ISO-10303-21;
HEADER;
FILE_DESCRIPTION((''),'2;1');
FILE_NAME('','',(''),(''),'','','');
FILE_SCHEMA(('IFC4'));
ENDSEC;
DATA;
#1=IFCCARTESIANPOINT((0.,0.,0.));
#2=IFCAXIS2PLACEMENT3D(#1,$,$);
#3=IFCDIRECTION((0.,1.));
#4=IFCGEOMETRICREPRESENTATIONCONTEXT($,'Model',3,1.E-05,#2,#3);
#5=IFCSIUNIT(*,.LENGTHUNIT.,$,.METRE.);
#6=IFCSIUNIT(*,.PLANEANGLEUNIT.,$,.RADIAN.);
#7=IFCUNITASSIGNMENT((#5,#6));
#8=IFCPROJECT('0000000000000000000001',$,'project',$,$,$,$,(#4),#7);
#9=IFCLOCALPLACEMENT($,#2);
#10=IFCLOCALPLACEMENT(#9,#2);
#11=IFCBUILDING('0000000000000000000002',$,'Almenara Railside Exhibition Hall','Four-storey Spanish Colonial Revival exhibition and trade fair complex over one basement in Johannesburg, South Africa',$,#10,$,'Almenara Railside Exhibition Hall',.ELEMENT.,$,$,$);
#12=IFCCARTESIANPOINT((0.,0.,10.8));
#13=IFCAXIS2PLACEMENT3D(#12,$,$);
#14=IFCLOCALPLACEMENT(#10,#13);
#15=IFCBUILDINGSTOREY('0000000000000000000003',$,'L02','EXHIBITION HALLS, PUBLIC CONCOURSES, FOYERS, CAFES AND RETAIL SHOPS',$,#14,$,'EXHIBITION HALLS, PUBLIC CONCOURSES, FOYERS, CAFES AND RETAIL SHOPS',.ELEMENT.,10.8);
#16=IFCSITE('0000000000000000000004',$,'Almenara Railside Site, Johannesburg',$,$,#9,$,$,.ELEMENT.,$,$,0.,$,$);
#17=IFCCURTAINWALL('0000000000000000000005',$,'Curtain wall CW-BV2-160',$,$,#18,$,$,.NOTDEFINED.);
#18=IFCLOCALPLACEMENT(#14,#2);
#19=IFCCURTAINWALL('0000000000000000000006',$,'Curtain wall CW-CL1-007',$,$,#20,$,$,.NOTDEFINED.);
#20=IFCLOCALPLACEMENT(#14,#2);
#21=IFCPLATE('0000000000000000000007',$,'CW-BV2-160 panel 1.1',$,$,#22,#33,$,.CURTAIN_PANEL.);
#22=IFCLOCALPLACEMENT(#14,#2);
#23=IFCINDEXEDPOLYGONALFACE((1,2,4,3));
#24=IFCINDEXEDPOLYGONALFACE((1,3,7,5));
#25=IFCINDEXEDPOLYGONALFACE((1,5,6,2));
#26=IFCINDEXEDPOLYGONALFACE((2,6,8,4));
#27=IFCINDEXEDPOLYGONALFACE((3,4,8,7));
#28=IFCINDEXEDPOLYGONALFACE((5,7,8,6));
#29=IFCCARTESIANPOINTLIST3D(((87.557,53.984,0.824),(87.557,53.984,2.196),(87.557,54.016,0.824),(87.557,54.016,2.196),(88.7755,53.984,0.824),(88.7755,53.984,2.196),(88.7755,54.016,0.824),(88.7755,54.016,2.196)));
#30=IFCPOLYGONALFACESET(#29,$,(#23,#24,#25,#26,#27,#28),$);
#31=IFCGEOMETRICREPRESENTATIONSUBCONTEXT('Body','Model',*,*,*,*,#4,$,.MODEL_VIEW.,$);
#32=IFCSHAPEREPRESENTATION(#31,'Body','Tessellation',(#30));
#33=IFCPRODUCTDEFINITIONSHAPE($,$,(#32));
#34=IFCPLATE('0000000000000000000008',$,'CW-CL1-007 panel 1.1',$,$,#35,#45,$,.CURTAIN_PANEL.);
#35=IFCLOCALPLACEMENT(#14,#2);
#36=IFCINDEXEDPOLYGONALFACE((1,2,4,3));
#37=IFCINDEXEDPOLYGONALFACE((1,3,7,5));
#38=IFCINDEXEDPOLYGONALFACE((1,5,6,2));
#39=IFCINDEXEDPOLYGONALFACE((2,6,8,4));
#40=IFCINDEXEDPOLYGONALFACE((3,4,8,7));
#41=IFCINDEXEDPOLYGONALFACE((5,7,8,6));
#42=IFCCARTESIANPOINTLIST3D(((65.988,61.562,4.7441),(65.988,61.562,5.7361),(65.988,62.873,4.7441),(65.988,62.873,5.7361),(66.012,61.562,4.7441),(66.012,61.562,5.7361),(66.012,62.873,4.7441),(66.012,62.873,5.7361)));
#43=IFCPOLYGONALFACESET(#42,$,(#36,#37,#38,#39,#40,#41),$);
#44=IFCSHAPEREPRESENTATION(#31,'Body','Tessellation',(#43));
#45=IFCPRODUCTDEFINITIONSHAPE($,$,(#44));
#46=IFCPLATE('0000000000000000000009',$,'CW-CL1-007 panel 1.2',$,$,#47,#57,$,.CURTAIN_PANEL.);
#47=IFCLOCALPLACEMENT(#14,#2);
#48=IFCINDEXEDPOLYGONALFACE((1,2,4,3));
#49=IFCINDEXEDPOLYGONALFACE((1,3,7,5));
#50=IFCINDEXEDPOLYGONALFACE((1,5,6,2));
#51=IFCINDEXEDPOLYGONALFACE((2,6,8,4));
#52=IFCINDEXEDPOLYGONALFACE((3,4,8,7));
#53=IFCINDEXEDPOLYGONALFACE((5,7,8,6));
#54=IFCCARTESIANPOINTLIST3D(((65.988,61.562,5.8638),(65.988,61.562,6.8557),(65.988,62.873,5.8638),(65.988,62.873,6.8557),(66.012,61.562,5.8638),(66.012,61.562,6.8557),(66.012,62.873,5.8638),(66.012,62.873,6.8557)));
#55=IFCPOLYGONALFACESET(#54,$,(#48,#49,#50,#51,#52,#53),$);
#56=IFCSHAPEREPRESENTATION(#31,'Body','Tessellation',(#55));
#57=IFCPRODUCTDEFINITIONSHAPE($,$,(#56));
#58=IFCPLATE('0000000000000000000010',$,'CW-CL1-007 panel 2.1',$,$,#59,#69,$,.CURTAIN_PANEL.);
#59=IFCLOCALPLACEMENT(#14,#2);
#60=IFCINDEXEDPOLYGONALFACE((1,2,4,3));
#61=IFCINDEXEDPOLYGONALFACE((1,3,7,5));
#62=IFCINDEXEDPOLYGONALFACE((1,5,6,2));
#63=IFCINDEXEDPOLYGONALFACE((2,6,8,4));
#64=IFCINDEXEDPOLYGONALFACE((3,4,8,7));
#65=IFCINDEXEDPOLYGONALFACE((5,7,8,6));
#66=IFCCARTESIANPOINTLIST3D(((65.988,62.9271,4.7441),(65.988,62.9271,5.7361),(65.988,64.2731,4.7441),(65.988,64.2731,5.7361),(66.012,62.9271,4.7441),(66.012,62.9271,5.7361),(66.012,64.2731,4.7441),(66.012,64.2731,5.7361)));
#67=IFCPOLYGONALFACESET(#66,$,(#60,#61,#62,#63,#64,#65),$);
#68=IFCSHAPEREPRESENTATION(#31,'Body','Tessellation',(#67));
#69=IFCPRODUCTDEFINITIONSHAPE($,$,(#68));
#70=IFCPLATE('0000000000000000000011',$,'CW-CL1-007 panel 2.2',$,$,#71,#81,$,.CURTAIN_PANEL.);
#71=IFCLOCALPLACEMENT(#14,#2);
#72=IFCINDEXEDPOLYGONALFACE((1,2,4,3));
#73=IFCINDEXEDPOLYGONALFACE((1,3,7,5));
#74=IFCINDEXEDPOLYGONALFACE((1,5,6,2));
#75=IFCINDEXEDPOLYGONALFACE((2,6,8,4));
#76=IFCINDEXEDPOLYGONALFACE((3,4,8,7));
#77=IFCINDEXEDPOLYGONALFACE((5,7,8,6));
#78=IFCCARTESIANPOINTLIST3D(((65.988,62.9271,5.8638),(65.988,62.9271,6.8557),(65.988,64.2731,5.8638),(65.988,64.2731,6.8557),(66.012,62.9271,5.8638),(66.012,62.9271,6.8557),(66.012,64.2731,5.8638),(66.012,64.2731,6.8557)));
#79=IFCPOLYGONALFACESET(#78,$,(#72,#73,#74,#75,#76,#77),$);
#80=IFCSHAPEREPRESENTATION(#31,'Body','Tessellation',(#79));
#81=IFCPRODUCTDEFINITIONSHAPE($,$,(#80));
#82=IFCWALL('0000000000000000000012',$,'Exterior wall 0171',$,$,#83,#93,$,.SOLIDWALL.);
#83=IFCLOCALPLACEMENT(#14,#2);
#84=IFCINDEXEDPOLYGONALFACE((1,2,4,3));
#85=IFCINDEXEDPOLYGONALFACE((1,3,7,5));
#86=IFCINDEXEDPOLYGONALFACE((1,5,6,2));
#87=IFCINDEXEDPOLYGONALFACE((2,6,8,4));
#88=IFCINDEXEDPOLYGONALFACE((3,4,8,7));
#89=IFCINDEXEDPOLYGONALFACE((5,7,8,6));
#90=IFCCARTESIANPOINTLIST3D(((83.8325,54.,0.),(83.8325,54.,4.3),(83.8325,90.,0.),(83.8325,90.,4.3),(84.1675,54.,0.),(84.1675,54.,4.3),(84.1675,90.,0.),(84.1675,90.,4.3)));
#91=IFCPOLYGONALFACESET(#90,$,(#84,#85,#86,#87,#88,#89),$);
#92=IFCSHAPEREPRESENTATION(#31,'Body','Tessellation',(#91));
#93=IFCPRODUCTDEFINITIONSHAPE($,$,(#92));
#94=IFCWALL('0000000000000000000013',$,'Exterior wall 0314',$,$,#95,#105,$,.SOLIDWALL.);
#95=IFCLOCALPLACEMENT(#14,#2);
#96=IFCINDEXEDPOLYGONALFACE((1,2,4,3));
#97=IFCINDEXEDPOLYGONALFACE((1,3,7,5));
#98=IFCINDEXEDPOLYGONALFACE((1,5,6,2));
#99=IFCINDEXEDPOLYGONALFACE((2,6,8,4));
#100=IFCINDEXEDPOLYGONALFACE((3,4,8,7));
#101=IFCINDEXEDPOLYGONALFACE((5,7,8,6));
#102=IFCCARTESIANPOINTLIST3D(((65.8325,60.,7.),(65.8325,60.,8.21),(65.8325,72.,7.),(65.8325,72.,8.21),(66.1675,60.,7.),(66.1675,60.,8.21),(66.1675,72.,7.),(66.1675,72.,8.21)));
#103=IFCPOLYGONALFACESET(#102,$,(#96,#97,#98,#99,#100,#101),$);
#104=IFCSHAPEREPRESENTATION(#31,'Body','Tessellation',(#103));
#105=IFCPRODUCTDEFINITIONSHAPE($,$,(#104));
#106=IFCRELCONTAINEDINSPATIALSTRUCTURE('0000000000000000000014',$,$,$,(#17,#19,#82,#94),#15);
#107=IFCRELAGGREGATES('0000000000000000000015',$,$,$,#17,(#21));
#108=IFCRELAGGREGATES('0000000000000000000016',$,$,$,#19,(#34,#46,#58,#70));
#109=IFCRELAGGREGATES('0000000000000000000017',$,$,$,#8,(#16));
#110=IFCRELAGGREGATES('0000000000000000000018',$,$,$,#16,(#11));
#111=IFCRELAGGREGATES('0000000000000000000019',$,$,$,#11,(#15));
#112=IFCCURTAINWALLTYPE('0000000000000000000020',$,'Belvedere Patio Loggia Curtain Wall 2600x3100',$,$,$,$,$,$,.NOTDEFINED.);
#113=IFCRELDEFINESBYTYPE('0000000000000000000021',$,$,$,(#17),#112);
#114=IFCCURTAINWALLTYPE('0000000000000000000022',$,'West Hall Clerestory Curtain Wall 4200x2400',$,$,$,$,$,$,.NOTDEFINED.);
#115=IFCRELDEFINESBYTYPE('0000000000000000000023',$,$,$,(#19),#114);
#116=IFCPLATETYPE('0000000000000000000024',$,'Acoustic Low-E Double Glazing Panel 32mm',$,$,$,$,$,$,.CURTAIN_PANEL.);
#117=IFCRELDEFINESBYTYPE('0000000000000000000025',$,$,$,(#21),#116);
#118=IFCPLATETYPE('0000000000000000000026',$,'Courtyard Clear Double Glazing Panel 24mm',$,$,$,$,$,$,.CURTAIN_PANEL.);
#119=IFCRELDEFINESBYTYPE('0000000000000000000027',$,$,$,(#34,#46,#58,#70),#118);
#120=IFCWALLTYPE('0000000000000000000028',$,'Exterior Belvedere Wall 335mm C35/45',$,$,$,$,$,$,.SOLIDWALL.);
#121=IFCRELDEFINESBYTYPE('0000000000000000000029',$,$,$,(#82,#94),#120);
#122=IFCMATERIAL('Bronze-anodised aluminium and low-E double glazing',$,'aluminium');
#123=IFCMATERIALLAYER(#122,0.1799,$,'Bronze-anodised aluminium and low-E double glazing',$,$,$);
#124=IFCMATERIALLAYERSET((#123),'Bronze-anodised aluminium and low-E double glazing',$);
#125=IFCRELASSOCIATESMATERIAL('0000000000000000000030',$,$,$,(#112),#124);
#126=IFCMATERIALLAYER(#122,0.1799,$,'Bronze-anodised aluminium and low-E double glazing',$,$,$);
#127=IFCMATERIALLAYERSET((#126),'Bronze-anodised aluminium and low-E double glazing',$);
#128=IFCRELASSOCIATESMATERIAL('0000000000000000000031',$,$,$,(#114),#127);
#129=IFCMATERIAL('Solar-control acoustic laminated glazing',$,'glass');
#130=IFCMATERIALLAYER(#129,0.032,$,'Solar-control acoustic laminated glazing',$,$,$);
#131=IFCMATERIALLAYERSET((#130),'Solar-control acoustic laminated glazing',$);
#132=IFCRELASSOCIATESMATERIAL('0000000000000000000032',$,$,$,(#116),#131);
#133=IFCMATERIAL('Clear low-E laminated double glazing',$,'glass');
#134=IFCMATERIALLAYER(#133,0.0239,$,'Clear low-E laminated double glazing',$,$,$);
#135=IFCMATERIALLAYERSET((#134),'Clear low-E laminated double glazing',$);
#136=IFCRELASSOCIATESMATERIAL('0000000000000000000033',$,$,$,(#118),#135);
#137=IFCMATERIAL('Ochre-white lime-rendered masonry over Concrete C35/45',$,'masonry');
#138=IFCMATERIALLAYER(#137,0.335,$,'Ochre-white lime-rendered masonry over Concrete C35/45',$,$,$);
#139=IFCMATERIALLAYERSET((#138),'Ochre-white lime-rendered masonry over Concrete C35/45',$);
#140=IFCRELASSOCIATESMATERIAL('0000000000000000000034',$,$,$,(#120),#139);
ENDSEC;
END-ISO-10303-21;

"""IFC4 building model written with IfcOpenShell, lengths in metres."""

from ifc_helpers import new_model, si_unit, direction, frame, frame_2d, origin, origin_2d, place, context, subcontext, project, spatial, rectangle, extrude, material, layer, layer_set, type_object, element, aggregate, save


model = new_model("IFC4")

# Units and contexts
model_context = context("Model", 3, precision=1e-05, world=origin(), true_north=direction((0.0, 1.0)))
body_context = subcontext(model_context, "Body", "Model", "MODEL_VIEW")
ifc_project = project(units=[si_unit("LENGTHUNIT", "METRE"), si_unit("PLANEANGLEUNIT", "RADIAN")], contexts=[model_context])

# Site, building, storey
site_placement = place(None, origin())
site = spatial("IfcSite", under=ifc_project, at=site_placement, Name="Almenara Railside Site, Johannesburg", CompositionType="ELEMENT", RefElevation=0.0)
building_placement = place(site_placement, origin())
building = spatial("IfcBuilding", under=site, at=building_placement, Name="Almenara Railside Exhibition Hall", Description="Four-storey Spanish Colonial Revival exhibition and trade fair complex over one basement in Johannesburg, South Africa", LongName="Almenara Railside Exhibition Hall", CompositionType="ELEMENT")
storey_placement = place(building_placement, frame((0.0, 0.0, 10.8)))
storey = spatial("IfcBuildingStorey", under=building, at=storey_placement, Name="L02", Description="EXHIBITION HALLS, PUBLIC CONCOURSES, FOYERS, CAFES AND RETAIL SHOPS", LongName="EXHIBITION HALLS, PUBLIC CONCOURSES, FOYERS, CAFES AND RETAIL SHOPS", CompositionType="ELEMENT", Elevation=10.8)

# Curtain wall
ifc_material_1 = material(Name="Bronze-anodised aluminium and low-E double glazing", Category="aluminium")
ifc_layer_1 = layer(ifc_material_1, 0.1799, Name="Bronze-anodised aluminium and low-E double glazing")
ifc_layer_set_1 = layer_set([ifc_layer_1], Name="Bronze-anodised aluminium and low-E double glazing")
curtain_wall_type_1 = type_object("IfcCurtainWallType", Name="Belvedere Patio Loggia Curtain Wall 2600x3100", PredefinedType="NOTDEFINED", material=ifc_layer_set_1)
curtain_wall_1_placement = place(storey_placement, origin())
curtain_wall_1 = element("IfcCurtainWall", 1, at=curtain_wall_1_placement, inside=storey, type_object=curtain_wall_type_1, Name="Curtain wall CW-BV2-160", PredefinedType="NOTDEFINED")

# Curtain wall
ifc_layer_2 = layer(ifc_material_1, 0.1799, Name="Bronze-anodised aluminium and low-E double glazing")
ifc_layer_set_2 = layer_set([ifc_layer_2], Name="Bronze-anodised aluminium and low-E double glazing")
curtain_wall_type_2 = type_object("IfcCurtainWallType", Name="West Hall Clerestory Curtain Wall 4200x2400", PredefinedType="NOTDEFINED", material=ifc_layer_set_2)
curtain_wall_2_placement = place(storey_placement, origin())
curtain_wall_2 = element("IfcCurtainWall", 2, at=curtain_wall_2_placement, inside=storey, type_object=curtain_wall_type_2, Name="Curtain wall CW-CL1-007", PredefinedType="NOTDEFINED")

# Plates
ifc_material_2 = material(Name="Solar-control acoustic laminated glazing", Category="glass")
ifc_layer_3 = layer(ifc_material_2, 0.032, Name="Solar-control acoustic laminated glazing")
ifc_layer_set_3 = layer_set([ifc_layer_3], Name="Solar-control acoustic laminated glazing")
plate_type_1 = type_object("IfcPlateType", Name="Acoustic Low-E Double Glazing Panel 32mm", PredefinedType="CURTAIN_PANEL", material=ifc_layer_set_3)
plate_1_placement = place(storey_placement, frame((88.1663, 54.0, 0.824), z_axis=(0.0, 0.0, 1.0), x_axis=(1.0, 0.0, 0.0)))
plate_1 = element("IfcPlate", 3, at=plate_1_placement, type_object=plate_type_1, Name="CW-BV2-160 panel 1.1", PredefinedType="CURTAIN_PANEL", context=body_context, shape_type="SweptSolid", body=[
    extrude(rectangle(XDim=1.2185, YDim=0.032, at=origin_2d()), origin(), (0.0, 0.0, 1.0), 1.3721),
])
aggregate(curtain_wall_1, [plate_1])
ifc_material_3 = material(Name="Clear low-E laminated double glazing", Category="glass")
ifc_layer_4 = layer(ifc_material_3, 0.0239, Name="Clear low-E laminated double glazing")
ifc_layer_set_4 = layer_set([ifc_layer_4], Name="Clear low-E laminated double glazing")
plate_type_2 = type_object("IfcPlateType", Name="Courtyard Clear Double Glazing Panel 24mm", PredefinedType="CURTAIN_PANEL", material=ifc_layer_set_4)
plate_2_placement = place(storey_placement, frame((66.0, 62.2175, 4.7441), z_axis=(0.0, 0.0, 1.0), x_axis=(0.0, 1.0, 0.0)))
plate_2 = element("IfcPlate", 4, at=plate_2_placement, type_object=plate_type_2, Name="CW-CL1-007 panel 1.1", PredefinedType="CURTAIN_PANEL", context=body_context, shape_type="SweptSolid", body=[
    extrude(rectangle(XDim=1.311, YDim=0.0239, at=origin_2d()), origin(), (0.0, 0.0, 1.0), 0.9919),
])
plate_3_placement = place(storey_placement, frame((66.0, 62.2175, 5.8638), z_axis=(0.0, 0.0, 1.0), x_axis=(0.0, 1.0, 0.0)))
plate_3 = element("IfcPlate", 5, at=plate_3_placement, type_object=plate_type_2, Name="CW-CL1-007 panel 1.2", PredefinedType="CURTAIN_PANEL", context=body_context, shape_type="SweptSolid", body=[
    extrude(rectangle(XDim=1.311, YDim=0.0239, at=origin_2d()), origin(), (0.0, 0.0, 1.0), 0.9919),
])
plate_4_placement = place(storey_placement, frame((66.0, 63.6001, 4.7441), z_axis=(0.0, 0.0, 1.0), x_axis=(0.0, 1.0, 0.0)))
plate_4 = element("IfcPlate", 6, at=plate_4_placement, type_object=plate_type_2, Name="CW-CL1-007 panel 2.1", PredefinedType="CURTAIN_PANEL", context=body_context, shape_type="SweptSolid", body=[
    extrude(rectangle(XDim=1.3459, YDim=0.0239, at=origin_2d()), origin(), (0.0, 0.0, 1.0), 0.9919),
])
plate_5_placement = place(storey_placement, frame((66.0, 63.6001, 5.8638), z_axis=(0.0, 0.0, 1.0), x_axis=(0.0, 1.0, 0.0)))
plate_5 = element("IfcPlate", 7, at=plate_5_placement, type_object=plate_type_2, Name="CW-CL1-007 panel 2.2", PredefinedType="CURTAIN_PANEL", context=body_context, shape_type="SweptSolid", body=[
    extrude(rectangle(XDim=1.3459, YDim=0.0239, at=origin_2d()), origin(), (0.0, 0.0, 1.0), 0.9919),
])
aggregate(curtain_wall_2, [plate_2, plate_3, plate_4, plate_5])

# Walls
ifc_material_4 = material(Name="Ochre-white lime-rendered masonry over Concrete C35/45", Category="masonry")
ifc_layer_5 = layer(ifc_material_4, 0.335, Name="Ochre-white lime-rendered masonry over Concrete C35/45")
ifc_layer_set_5 = layer_set([ifc_layer_5], Name="Ochre-white lime-rendered masonry over Concrete C35/45")
wall_type = type_object("IfcWallType", Name="Exterior Belvedere Wall 335mm C35/45", PredefinedType="SOLIDWALL", material=ifc_layer_set_5)
wall_1_placement = place(storey_placement, frame((84.0, 54.0, 0.0), z_axis=(0.0, 0.0, 1.0), x_axis=(0.0, 1.0, 0.0)))
element("IfcWall", 8, at=wall_1_placement, inside=storey, type_object=wall_type, Name="Exterior wall 0171", PredefinedType="SOLIDWALL", context=body_context, shape_type="SweptSolid", body=[
    extrude(rectangle(XDim=36.0, YDim=0.335, at=frame_2d((18.0, 0.0))), origin(), (0.0, 0.0, 1.0), 4.3),
])
wall_2_placement = place(storey_placement, frame((66.0, 60.0, 7.0), z_axis=(0.0, 0.0, 1.0), x_axis=(0.0, 1.0, 0.0)))
element("IfcWall", 9, at=wall_2_placement, inside=storey, type_object=wall_type, Name="Exterior wall 0314", PredefinedType="SOLIDWALL", context=body_context, shape_type="SweptSolid", body=[
    extrude(rectangle(XDim=12.0, YDim=0.335, at=frame_2d((6.0, 0.0))), origin(), (0.0, 0.0, 1.0), 1.21),
])

save(model, "model.ifc")
